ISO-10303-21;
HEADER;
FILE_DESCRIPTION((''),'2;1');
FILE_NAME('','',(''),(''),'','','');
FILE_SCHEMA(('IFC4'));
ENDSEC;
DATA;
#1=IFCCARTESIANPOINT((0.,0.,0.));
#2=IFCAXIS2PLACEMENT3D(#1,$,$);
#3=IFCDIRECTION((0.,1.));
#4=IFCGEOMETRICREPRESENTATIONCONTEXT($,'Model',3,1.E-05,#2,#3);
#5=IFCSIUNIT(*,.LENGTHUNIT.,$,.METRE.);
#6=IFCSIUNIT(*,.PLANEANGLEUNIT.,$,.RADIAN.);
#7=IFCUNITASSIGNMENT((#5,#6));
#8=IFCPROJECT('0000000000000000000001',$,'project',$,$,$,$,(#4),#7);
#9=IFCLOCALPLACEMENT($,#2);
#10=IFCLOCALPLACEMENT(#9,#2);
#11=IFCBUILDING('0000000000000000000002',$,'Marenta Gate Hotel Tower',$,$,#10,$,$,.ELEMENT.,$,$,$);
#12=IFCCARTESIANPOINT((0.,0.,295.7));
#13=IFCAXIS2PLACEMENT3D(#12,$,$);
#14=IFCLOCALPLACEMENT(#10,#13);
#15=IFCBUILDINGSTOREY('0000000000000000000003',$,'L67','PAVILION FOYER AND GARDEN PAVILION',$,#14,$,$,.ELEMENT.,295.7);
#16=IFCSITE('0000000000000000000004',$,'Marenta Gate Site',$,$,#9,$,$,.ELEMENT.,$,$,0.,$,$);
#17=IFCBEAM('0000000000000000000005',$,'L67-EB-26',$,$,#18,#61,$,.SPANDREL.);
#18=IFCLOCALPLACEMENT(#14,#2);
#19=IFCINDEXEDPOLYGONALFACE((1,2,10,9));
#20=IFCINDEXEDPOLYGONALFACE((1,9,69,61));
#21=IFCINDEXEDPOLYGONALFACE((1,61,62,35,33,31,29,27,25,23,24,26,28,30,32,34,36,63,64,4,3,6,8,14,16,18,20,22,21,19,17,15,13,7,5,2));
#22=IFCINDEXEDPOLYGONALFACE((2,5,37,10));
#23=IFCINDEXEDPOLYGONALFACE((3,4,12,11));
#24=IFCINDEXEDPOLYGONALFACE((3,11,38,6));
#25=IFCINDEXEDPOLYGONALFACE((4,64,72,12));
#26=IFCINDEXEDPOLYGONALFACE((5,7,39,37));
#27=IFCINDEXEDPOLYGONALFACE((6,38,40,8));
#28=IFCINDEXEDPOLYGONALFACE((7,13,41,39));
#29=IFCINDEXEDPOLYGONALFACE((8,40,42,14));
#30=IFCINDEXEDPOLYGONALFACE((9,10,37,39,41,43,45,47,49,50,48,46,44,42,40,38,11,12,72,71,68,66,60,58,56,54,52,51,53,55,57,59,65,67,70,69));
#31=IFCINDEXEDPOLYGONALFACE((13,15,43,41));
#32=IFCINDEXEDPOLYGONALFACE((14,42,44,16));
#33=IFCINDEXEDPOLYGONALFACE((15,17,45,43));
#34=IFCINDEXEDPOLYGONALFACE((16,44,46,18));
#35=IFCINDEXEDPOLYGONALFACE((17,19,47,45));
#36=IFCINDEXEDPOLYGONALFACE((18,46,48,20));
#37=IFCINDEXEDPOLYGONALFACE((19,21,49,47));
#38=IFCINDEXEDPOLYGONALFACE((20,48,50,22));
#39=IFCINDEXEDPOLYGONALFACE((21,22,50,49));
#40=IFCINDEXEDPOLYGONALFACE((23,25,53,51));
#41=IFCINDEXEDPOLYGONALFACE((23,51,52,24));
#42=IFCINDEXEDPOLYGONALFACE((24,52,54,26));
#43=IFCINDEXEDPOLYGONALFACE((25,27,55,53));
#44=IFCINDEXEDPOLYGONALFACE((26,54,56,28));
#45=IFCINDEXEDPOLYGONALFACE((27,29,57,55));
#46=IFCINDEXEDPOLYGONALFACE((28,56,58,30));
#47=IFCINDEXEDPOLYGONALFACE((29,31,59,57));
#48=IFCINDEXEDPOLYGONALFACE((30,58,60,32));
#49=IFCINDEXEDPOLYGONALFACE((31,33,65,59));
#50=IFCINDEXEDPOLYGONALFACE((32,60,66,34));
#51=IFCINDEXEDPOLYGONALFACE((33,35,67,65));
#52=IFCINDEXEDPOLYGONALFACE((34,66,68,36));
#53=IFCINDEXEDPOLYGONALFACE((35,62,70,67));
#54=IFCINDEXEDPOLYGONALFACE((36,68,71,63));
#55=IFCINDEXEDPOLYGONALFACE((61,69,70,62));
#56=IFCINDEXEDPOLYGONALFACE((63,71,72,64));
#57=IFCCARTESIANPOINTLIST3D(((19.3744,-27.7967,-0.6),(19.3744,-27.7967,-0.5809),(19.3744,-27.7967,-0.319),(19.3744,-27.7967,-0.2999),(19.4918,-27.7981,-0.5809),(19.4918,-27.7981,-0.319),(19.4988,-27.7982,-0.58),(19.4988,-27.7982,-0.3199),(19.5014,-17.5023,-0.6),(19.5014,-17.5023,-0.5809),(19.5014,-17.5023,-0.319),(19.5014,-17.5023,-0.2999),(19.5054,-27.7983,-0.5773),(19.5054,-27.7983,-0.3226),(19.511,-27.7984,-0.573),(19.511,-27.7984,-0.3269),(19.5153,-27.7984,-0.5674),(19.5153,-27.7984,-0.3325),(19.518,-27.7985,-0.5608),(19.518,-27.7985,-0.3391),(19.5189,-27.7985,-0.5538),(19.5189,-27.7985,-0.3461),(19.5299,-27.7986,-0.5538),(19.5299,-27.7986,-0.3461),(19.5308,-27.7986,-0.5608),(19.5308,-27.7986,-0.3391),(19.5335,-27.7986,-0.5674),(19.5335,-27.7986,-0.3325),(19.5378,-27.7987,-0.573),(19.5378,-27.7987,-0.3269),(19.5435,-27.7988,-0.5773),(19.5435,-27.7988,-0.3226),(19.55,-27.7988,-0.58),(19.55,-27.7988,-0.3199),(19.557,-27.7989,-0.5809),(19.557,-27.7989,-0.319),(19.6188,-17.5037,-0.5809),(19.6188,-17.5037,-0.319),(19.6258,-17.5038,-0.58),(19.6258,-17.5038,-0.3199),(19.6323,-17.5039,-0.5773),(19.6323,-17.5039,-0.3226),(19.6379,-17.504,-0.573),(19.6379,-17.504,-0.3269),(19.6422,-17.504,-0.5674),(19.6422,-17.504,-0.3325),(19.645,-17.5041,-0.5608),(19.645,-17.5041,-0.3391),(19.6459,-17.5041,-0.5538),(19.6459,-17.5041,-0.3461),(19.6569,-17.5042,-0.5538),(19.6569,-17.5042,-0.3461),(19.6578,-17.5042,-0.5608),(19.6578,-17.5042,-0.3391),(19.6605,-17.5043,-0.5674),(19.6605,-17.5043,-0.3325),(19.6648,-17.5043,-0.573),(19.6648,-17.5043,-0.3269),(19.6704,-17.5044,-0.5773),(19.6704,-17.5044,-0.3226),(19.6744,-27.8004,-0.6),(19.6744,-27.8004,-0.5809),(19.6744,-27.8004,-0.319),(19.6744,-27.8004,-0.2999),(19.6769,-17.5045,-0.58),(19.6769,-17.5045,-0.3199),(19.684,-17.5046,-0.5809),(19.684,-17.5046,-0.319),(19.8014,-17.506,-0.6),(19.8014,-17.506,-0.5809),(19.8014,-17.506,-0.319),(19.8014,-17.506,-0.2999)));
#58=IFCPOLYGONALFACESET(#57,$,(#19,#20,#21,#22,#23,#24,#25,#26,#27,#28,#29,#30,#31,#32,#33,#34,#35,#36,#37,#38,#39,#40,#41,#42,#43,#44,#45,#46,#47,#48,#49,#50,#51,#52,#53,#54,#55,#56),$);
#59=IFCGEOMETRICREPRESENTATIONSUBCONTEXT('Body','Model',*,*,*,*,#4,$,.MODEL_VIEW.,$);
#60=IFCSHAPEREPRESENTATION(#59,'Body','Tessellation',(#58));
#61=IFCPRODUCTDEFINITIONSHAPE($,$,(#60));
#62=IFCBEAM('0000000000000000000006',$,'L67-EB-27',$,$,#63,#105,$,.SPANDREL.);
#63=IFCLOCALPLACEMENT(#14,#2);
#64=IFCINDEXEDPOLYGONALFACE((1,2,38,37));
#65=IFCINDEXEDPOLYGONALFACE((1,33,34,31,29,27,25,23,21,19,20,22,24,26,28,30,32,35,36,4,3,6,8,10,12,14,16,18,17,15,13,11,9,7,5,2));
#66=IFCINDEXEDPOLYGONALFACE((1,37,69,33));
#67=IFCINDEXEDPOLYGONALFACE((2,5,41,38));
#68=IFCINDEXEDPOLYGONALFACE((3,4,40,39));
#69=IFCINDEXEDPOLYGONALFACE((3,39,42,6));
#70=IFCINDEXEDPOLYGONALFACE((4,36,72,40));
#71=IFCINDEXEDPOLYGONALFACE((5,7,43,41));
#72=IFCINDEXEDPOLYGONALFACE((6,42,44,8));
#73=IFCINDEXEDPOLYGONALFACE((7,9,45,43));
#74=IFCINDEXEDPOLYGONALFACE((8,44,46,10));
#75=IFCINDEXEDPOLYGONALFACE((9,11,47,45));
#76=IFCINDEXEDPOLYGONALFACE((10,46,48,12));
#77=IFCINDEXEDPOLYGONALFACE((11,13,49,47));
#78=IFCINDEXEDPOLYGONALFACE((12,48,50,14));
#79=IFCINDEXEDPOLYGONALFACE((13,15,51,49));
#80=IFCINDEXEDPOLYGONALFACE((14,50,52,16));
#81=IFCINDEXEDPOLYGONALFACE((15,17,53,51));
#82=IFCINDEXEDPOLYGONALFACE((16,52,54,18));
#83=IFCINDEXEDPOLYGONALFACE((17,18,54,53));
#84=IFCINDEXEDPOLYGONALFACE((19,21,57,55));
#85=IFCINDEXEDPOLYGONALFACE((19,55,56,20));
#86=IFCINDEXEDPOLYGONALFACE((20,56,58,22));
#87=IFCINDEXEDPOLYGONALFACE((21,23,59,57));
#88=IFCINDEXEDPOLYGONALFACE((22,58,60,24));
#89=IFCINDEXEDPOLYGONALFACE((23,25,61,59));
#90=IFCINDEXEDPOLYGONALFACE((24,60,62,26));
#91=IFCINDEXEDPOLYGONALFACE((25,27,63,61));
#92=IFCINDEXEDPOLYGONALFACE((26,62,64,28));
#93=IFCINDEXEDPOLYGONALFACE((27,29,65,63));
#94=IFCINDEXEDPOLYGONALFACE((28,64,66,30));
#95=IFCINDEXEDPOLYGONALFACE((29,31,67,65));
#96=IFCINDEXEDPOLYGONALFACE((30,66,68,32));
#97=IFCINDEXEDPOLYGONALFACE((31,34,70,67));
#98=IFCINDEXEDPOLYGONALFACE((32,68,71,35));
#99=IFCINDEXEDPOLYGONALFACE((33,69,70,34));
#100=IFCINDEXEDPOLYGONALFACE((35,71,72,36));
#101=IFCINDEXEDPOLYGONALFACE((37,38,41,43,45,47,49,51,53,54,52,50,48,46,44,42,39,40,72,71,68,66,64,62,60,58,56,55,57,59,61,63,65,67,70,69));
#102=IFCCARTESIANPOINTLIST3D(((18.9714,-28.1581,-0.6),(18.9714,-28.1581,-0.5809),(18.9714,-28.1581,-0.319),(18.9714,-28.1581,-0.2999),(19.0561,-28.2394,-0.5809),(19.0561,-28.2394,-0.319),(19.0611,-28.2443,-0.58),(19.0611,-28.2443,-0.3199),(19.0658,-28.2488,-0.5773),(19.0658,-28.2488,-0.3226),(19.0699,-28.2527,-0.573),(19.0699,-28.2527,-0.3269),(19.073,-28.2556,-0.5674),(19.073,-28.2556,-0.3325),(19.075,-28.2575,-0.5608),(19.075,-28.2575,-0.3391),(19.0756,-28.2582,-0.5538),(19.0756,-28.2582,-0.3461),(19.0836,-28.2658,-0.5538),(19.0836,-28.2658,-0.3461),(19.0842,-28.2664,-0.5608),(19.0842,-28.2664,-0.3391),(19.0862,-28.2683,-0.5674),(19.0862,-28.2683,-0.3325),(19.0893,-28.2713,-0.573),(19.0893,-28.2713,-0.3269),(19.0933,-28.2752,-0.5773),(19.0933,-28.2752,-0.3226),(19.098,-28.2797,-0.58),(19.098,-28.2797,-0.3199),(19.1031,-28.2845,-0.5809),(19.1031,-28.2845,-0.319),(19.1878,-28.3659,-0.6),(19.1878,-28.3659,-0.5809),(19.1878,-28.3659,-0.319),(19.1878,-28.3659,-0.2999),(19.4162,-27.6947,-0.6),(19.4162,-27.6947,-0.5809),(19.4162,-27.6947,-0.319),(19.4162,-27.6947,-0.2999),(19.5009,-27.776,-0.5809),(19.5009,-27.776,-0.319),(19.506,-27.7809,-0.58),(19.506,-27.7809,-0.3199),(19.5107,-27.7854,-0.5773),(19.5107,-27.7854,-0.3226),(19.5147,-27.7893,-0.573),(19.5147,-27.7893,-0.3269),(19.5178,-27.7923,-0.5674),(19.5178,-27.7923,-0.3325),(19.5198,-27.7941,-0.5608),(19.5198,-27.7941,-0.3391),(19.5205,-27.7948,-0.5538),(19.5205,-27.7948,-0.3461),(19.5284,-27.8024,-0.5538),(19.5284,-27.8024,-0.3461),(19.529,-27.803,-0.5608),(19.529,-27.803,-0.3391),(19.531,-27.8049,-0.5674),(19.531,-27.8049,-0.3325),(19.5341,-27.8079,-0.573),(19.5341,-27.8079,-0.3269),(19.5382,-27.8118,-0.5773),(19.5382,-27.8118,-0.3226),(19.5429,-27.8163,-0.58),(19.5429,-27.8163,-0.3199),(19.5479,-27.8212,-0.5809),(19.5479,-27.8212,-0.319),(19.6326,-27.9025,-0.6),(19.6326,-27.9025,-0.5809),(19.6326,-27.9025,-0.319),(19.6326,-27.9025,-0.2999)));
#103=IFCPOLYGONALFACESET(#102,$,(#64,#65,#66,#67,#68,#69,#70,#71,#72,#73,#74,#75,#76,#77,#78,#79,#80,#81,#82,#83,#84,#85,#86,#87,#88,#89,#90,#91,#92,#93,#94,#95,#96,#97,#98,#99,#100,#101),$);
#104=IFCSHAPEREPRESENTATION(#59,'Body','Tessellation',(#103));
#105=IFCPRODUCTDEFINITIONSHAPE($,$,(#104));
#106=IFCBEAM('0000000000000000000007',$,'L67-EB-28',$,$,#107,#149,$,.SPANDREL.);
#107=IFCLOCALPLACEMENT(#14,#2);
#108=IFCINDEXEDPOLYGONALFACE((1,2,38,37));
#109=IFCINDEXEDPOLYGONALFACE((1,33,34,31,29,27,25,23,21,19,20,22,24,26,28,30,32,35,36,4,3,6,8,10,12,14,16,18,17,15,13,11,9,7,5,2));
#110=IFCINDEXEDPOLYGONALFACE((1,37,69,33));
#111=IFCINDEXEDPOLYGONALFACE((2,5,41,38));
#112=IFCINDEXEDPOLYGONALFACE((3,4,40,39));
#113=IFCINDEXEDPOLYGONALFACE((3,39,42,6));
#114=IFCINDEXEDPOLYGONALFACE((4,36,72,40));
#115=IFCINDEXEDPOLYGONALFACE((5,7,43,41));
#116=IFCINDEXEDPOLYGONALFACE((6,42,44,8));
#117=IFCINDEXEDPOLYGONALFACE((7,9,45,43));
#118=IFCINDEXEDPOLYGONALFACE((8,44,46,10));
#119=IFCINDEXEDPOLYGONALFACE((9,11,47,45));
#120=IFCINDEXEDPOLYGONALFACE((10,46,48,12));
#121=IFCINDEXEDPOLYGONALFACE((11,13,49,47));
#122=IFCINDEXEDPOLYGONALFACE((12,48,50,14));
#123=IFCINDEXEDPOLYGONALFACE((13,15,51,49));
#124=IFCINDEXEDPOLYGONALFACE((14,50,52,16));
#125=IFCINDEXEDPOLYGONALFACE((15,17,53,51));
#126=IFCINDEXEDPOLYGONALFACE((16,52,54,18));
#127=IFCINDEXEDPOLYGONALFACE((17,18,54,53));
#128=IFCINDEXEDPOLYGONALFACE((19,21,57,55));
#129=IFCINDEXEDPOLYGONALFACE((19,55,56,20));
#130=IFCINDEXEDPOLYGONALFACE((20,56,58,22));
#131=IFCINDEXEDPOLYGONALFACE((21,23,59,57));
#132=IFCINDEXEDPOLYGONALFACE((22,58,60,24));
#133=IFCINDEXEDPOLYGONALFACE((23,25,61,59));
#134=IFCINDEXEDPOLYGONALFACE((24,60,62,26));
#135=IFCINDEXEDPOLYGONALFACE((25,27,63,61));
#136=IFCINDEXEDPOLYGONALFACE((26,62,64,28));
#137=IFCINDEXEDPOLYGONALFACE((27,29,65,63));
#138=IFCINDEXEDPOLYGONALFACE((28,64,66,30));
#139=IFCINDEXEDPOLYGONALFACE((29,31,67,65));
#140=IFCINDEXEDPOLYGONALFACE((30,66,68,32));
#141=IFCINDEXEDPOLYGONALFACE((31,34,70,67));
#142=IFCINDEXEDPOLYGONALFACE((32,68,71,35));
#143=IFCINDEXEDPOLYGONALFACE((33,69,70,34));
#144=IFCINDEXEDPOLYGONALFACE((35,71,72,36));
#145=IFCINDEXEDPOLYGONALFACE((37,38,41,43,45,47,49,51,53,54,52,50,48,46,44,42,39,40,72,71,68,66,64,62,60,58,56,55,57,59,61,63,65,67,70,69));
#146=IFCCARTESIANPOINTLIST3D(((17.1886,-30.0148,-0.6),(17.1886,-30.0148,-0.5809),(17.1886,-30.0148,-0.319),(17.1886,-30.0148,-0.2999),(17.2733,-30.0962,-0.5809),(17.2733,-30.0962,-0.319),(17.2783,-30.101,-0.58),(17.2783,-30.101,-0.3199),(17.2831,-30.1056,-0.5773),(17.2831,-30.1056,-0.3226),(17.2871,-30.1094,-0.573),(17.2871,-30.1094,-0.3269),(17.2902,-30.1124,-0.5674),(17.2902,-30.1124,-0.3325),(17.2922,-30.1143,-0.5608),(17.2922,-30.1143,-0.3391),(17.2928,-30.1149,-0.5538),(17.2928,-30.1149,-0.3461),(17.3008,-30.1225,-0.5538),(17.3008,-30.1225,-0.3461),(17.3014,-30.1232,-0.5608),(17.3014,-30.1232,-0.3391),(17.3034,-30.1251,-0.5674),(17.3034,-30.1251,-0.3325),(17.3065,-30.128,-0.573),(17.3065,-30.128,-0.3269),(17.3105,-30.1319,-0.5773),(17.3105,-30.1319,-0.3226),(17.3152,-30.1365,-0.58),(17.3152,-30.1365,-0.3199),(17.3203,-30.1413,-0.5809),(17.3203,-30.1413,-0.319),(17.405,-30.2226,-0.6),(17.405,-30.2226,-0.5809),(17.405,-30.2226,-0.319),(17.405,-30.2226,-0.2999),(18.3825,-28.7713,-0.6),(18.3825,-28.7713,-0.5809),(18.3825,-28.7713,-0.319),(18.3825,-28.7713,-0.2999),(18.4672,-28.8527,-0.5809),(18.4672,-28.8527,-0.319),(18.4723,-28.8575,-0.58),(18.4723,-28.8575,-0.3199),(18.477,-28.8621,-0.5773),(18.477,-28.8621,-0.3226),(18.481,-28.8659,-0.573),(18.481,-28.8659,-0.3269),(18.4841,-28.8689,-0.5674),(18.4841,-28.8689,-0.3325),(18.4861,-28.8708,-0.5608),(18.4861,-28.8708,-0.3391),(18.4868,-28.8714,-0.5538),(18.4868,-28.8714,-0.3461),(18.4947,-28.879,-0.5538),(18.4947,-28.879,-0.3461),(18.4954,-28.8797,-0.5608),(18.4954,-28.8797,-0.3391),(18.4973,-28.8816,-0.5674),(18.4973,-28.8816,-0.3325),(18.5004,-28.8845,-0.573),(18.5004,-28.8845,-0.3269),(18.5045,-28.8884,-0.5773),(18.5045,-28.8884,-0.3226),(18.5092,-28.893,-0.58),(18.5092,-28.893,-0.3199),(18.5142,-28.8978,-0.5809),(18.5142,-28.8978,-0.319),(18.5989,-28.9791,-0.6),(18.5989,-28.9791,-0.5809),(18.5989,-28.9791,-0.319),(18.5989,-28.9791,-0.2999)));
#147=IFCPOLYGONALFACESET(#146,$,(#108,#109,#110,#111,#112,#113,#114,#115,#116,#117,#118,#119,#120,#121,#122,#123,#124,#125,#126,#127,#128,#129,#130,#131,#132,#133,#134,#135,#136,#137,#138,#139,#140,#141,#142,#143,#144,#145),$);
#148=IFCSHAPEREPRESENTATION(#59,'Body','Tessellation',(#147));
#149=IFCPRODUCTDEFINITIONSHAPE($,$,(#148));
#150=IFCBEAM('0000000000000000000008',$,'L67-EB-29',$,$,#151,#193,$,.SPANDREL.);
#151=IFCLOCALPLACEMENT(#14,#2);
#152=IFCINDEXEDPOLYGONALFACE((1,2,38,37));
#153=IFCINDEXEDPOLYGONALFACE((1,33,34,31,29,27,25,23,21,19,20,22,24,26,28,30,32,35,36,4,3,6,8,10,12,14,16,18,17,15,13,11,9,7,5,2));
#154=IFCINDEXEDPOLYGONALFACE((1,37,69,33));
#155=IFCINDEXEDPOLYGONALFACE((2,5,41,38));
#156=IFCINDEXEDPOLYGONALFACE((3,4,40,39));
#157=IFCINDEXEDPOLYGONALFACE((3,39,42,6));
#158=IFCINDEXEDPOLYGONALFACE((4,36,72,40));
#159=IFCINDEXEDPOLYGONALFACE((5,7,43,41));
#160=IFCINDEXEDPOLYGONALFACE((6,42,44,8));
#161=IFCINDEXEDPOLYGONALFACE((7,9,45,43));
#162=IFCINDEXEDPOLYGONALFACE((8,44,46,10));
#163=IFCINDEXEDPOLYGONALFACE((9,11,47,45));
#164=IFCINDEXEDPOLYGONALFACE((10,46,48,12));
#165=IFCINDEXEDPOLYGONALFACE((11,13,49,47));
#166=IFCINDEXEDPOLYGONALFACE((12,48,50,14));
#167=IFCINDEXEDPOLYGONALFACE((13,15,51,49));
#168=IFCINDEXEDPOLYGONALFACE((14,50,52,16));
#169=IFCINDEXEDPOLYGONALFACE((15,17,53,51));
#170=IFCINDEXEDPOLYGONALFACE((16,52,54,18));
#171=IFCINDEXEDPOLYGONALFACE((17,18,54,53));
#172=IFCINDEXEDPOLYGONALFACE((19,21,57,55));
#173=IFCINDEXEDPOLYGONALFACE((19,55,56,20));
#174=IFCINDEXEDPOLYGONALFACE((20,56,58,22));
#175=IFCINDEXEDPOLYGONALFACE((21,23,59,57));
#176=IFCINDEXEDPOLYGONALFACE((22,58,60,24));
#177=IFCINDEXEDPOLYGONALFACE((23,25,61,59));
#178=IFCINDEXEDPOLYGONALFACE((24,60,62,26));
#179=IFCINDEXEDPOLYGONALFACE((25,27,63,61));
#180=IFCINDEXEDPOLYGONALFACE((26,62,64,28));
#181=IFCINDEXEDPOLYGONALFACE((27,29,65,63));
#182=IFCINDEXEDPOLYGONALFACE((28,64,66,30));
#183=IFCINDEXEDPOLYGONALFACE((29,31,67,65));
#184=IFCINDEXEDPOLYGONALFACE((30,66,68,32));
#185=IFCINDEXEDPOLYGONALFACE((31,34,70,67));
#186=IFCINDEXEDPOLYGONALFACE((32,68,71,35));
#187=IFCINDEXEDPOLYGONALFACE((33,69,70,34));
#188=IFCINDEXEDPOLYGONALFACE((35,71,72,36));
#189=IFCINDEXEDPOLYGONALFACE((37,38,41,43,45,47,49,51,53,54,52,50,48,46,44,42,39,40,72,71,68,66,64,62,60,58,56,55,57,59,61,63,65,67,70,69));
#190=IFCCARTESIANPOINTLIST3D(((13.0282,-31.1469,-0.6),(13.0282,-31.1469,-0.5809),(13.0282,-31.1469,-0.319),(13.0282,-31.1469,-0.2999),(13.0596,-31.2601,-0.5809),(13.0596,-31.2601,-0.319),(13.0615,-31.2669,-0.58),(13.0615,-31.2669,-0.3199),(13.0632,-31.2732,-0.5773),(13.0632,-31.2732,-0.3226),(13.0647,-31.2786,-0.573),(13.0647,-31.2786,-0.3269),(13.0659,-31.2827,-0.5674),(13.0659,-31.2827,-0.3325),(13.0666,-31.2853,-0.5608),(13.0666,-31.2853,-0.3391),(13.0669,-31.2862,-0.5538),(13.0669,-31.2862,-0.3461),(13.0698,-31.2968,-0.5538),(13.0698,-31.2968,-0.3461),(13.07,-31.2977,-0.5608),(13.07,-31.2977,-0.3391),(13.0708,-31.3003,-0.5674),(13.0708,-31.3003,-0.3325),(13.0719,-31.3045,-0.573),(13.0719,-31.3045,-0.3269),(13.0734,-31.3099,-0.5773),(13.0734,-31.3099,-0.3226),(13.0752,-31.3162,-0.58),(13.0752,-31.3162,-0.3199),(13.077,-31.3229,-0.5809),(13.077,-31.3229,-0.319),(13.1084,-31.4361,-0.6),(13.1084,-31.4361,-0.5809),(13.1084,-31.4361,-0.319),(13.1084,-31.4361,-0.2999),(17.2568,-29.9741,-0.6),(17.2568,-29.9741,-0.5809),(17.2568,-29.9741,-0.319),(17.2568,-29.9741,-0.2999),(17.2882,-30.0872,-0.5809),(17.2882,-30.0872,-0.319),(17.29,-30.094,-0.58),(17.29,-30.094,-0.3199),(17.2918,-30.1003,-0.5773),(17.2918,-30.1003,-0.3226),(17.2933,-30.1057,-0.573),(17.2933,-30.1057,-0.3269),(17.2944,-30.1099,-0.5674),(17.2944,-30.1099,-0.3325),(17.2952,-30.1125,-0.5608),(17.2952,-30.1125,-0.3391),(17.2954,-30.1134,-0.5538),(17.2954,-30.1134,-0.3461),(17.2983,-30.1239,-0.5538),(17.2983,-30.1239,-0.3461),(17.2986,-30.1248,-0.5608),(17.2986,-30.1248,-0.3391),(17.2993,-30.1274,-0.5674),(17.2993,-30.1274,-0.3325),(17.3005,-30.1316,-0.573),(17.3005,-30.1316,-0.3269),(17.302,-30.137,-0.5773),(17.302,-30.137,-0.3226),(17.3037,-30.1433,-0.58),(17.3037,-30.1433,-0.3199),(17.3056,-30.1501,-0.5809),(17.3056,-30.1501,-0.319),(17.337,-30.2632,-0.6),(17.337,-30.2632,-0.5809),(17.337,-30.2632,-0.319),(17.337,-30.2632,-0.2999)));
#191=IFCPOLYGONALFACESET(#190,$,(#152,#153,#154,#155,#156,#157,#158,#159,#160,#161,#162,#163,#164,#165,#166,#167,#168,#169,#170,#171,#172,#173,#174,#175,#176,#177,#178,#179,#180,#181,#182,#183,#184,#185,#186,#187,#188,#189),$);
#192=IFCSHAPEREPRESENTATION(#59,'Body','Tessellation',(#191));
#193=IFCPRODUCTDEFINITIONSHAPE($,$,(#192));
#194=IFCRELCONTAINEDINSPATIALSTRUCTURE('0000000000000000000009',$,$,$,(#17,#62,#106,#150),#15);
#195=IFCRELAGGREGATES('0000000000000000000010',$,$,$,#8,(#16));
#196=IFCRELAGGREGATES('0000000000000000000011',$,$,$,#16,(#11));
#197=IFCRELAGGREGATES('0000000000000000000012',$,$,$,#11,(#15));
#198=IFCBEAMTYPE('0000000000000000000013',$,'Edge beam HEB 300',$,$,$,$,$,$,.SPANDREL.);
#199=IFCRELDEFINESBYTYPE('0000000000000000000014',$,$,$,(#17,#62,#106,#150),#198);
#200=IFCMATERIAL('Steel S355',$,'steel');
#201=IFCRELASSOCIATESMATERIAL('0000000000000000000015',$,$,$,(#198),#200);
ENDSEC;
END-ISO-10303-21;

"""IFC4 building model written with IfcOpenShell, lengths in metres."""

from ifc_helpers import new_model, si_unit, direction, frame, origin, origin_2d, place, context, subcontext, project, spatial, i_section, extrude, material, material_profile, profile_set, type_object, element, save


model = new_model("IFC4")

# Units and contexts
model_context = context("Model", 3, precision=1e-05, world=origin(), true_north=direction((0.0, 1.0)))
body_context = subcontext(model_context, "Body", "Model", "MODEL_VIEW")
ifc_project = project(units=[si_unit("LENGTHUNIT", "METRE"), si_unit("PLANEANGLEUNIT", "RADIAN")], contexts=[model_context])

# Site, building, storey
site_placement = place(None, origin())
site = spatial("IfcSite", under=ifc_project, at=site_placement, Name="Marenta Gate Site", CompositionType="ELEMENT", RefElevation=0.0)
building_placement = place(site_placement, origin())
building = spatial("IfcBuilding", under=site, at=building_placement, Name="Marenta Gate Hotel Tower", CompositionType="ELEMENT")
storey_placement = place(building_placement, frame((0.0, 0.0, 295.7)))
storey = spatial("IfcBuildingStorey", under=building, at=storey_placement, Name="L67", Description="PAVILION FOYER AND GARDEN PAVILION", CompositionType="ELEMENT", Elevation=295.7)

# Beams
ifc_material_1 = material(Name="Steel S355", Category="steel")
ifc_material_profile_1 = material_profile(ifc_material_1, i_section(OverallWidth=0.3, OverallDepth=0.3, WebThickness=0.011, FlangeThickness=0.019, FilletRadius=0.0271, at=origin_2d()), Name="HEB 300")
ifc_profile_set_1 = profile_set([ifc_material_profile_1], Name="Steel S355")
beam_type_1 = type_object("IfcBeamType", Name="Edge beam HEB 300", PredefinedType="SPANDREL", material=ifc_profile_set_1)
beam_1_placement = place(storey_placement, frame((19.6514, -17.5042, -0.45), z_axis=(-0.012331, -0.999924, 0.0), x_axis=(0.999924, -0.012331, 0.0)))
element("IfcBeam", 1, at=beam_1_placement, inside=storey, type_object=beam_type_1, Name="L67-EB-26", PredefinedType="SPANDREL", context=body_context, shape_type="SweptSolid", body=[
    extrude(i_section(OverallWidth=0.3, OverallDepth=0.3, WebThickness=0.011, FlangeThickness=0.019, FilletRadius=0.0271, at=origin_2d()), origin(), (0.0, 0.0, 1.0), 10.2952),
])
beam_2_placement = place(storey_placement, frame((19.5244, -27.7986, -0.45), z_axis=(-0.692516, -0.721403, 0.0), x_axis=(0.721403, -0.692516, 0.0)))
element("IfcBeam", 2, at=beam_2_placement, inside=storey, type_object=beam_type_1, Name="L67-EB-27", PredefinedType="SPANDREL", context=body_context, shape_type="SweptSolid", body=[
    extrude(i_section(OverallWidth=0.3, OverallDepth=0.3, WebThickness=0.011, FlangeThickness=0.019, FilletRadius=0.0271, at=origin_2d()), origin(), (0.0, 0.0, 1.0), 0.6423),
])
beam_3_placement = place(storey_placement, frame((18.4907, -28.8752, -0.45), z_axis=(-0.692585, -0.721336, 0.0), x_axis=(0.721336, -0.692585, 0.0)))
element("IfcBeam", 3, at=beam_3_placement, inside=storey, type_object=beam_type_1, Name="L67-EB-28", PredefinedType="SPANDREL", context=body_context, shape_type="SweptSolid", body=[
    extrude(i_section(OverallWidth=0.3, OverallDepth=0.3, WebThickness=0.011, FlangeThickness=0.019, FilletRadius=0.0271, at=origin_2d()), origin(), (0.0, 0.0, 1.0), 1.7239),
])
beam_4_placement = place(storey_placement, frame((17.2969, -30.1187, -0.45), z_axis=(-0.96362, -0.267277, 0.0), x_axis=(0.267277, -0.96362, 0.0)))
element("IfcBeam", 4, at=beam_4_placement, inside=storey, type_object=beam_type_1, Name="L67-EB-29", PredefinedType="SPANDREL", context=body_context, shape_type="SweptSolid", body=[
    extrude(i_section(OverallWidth=0.3, OverallDepth=0.3, WebThickness=0.011, FlangeThickness=0.019, FilletRadius=0.0271, at=origin_2d()), origin(), (0.0, 0.0, 1.0), 4.3882),
])

save(model, "model.ifc")
